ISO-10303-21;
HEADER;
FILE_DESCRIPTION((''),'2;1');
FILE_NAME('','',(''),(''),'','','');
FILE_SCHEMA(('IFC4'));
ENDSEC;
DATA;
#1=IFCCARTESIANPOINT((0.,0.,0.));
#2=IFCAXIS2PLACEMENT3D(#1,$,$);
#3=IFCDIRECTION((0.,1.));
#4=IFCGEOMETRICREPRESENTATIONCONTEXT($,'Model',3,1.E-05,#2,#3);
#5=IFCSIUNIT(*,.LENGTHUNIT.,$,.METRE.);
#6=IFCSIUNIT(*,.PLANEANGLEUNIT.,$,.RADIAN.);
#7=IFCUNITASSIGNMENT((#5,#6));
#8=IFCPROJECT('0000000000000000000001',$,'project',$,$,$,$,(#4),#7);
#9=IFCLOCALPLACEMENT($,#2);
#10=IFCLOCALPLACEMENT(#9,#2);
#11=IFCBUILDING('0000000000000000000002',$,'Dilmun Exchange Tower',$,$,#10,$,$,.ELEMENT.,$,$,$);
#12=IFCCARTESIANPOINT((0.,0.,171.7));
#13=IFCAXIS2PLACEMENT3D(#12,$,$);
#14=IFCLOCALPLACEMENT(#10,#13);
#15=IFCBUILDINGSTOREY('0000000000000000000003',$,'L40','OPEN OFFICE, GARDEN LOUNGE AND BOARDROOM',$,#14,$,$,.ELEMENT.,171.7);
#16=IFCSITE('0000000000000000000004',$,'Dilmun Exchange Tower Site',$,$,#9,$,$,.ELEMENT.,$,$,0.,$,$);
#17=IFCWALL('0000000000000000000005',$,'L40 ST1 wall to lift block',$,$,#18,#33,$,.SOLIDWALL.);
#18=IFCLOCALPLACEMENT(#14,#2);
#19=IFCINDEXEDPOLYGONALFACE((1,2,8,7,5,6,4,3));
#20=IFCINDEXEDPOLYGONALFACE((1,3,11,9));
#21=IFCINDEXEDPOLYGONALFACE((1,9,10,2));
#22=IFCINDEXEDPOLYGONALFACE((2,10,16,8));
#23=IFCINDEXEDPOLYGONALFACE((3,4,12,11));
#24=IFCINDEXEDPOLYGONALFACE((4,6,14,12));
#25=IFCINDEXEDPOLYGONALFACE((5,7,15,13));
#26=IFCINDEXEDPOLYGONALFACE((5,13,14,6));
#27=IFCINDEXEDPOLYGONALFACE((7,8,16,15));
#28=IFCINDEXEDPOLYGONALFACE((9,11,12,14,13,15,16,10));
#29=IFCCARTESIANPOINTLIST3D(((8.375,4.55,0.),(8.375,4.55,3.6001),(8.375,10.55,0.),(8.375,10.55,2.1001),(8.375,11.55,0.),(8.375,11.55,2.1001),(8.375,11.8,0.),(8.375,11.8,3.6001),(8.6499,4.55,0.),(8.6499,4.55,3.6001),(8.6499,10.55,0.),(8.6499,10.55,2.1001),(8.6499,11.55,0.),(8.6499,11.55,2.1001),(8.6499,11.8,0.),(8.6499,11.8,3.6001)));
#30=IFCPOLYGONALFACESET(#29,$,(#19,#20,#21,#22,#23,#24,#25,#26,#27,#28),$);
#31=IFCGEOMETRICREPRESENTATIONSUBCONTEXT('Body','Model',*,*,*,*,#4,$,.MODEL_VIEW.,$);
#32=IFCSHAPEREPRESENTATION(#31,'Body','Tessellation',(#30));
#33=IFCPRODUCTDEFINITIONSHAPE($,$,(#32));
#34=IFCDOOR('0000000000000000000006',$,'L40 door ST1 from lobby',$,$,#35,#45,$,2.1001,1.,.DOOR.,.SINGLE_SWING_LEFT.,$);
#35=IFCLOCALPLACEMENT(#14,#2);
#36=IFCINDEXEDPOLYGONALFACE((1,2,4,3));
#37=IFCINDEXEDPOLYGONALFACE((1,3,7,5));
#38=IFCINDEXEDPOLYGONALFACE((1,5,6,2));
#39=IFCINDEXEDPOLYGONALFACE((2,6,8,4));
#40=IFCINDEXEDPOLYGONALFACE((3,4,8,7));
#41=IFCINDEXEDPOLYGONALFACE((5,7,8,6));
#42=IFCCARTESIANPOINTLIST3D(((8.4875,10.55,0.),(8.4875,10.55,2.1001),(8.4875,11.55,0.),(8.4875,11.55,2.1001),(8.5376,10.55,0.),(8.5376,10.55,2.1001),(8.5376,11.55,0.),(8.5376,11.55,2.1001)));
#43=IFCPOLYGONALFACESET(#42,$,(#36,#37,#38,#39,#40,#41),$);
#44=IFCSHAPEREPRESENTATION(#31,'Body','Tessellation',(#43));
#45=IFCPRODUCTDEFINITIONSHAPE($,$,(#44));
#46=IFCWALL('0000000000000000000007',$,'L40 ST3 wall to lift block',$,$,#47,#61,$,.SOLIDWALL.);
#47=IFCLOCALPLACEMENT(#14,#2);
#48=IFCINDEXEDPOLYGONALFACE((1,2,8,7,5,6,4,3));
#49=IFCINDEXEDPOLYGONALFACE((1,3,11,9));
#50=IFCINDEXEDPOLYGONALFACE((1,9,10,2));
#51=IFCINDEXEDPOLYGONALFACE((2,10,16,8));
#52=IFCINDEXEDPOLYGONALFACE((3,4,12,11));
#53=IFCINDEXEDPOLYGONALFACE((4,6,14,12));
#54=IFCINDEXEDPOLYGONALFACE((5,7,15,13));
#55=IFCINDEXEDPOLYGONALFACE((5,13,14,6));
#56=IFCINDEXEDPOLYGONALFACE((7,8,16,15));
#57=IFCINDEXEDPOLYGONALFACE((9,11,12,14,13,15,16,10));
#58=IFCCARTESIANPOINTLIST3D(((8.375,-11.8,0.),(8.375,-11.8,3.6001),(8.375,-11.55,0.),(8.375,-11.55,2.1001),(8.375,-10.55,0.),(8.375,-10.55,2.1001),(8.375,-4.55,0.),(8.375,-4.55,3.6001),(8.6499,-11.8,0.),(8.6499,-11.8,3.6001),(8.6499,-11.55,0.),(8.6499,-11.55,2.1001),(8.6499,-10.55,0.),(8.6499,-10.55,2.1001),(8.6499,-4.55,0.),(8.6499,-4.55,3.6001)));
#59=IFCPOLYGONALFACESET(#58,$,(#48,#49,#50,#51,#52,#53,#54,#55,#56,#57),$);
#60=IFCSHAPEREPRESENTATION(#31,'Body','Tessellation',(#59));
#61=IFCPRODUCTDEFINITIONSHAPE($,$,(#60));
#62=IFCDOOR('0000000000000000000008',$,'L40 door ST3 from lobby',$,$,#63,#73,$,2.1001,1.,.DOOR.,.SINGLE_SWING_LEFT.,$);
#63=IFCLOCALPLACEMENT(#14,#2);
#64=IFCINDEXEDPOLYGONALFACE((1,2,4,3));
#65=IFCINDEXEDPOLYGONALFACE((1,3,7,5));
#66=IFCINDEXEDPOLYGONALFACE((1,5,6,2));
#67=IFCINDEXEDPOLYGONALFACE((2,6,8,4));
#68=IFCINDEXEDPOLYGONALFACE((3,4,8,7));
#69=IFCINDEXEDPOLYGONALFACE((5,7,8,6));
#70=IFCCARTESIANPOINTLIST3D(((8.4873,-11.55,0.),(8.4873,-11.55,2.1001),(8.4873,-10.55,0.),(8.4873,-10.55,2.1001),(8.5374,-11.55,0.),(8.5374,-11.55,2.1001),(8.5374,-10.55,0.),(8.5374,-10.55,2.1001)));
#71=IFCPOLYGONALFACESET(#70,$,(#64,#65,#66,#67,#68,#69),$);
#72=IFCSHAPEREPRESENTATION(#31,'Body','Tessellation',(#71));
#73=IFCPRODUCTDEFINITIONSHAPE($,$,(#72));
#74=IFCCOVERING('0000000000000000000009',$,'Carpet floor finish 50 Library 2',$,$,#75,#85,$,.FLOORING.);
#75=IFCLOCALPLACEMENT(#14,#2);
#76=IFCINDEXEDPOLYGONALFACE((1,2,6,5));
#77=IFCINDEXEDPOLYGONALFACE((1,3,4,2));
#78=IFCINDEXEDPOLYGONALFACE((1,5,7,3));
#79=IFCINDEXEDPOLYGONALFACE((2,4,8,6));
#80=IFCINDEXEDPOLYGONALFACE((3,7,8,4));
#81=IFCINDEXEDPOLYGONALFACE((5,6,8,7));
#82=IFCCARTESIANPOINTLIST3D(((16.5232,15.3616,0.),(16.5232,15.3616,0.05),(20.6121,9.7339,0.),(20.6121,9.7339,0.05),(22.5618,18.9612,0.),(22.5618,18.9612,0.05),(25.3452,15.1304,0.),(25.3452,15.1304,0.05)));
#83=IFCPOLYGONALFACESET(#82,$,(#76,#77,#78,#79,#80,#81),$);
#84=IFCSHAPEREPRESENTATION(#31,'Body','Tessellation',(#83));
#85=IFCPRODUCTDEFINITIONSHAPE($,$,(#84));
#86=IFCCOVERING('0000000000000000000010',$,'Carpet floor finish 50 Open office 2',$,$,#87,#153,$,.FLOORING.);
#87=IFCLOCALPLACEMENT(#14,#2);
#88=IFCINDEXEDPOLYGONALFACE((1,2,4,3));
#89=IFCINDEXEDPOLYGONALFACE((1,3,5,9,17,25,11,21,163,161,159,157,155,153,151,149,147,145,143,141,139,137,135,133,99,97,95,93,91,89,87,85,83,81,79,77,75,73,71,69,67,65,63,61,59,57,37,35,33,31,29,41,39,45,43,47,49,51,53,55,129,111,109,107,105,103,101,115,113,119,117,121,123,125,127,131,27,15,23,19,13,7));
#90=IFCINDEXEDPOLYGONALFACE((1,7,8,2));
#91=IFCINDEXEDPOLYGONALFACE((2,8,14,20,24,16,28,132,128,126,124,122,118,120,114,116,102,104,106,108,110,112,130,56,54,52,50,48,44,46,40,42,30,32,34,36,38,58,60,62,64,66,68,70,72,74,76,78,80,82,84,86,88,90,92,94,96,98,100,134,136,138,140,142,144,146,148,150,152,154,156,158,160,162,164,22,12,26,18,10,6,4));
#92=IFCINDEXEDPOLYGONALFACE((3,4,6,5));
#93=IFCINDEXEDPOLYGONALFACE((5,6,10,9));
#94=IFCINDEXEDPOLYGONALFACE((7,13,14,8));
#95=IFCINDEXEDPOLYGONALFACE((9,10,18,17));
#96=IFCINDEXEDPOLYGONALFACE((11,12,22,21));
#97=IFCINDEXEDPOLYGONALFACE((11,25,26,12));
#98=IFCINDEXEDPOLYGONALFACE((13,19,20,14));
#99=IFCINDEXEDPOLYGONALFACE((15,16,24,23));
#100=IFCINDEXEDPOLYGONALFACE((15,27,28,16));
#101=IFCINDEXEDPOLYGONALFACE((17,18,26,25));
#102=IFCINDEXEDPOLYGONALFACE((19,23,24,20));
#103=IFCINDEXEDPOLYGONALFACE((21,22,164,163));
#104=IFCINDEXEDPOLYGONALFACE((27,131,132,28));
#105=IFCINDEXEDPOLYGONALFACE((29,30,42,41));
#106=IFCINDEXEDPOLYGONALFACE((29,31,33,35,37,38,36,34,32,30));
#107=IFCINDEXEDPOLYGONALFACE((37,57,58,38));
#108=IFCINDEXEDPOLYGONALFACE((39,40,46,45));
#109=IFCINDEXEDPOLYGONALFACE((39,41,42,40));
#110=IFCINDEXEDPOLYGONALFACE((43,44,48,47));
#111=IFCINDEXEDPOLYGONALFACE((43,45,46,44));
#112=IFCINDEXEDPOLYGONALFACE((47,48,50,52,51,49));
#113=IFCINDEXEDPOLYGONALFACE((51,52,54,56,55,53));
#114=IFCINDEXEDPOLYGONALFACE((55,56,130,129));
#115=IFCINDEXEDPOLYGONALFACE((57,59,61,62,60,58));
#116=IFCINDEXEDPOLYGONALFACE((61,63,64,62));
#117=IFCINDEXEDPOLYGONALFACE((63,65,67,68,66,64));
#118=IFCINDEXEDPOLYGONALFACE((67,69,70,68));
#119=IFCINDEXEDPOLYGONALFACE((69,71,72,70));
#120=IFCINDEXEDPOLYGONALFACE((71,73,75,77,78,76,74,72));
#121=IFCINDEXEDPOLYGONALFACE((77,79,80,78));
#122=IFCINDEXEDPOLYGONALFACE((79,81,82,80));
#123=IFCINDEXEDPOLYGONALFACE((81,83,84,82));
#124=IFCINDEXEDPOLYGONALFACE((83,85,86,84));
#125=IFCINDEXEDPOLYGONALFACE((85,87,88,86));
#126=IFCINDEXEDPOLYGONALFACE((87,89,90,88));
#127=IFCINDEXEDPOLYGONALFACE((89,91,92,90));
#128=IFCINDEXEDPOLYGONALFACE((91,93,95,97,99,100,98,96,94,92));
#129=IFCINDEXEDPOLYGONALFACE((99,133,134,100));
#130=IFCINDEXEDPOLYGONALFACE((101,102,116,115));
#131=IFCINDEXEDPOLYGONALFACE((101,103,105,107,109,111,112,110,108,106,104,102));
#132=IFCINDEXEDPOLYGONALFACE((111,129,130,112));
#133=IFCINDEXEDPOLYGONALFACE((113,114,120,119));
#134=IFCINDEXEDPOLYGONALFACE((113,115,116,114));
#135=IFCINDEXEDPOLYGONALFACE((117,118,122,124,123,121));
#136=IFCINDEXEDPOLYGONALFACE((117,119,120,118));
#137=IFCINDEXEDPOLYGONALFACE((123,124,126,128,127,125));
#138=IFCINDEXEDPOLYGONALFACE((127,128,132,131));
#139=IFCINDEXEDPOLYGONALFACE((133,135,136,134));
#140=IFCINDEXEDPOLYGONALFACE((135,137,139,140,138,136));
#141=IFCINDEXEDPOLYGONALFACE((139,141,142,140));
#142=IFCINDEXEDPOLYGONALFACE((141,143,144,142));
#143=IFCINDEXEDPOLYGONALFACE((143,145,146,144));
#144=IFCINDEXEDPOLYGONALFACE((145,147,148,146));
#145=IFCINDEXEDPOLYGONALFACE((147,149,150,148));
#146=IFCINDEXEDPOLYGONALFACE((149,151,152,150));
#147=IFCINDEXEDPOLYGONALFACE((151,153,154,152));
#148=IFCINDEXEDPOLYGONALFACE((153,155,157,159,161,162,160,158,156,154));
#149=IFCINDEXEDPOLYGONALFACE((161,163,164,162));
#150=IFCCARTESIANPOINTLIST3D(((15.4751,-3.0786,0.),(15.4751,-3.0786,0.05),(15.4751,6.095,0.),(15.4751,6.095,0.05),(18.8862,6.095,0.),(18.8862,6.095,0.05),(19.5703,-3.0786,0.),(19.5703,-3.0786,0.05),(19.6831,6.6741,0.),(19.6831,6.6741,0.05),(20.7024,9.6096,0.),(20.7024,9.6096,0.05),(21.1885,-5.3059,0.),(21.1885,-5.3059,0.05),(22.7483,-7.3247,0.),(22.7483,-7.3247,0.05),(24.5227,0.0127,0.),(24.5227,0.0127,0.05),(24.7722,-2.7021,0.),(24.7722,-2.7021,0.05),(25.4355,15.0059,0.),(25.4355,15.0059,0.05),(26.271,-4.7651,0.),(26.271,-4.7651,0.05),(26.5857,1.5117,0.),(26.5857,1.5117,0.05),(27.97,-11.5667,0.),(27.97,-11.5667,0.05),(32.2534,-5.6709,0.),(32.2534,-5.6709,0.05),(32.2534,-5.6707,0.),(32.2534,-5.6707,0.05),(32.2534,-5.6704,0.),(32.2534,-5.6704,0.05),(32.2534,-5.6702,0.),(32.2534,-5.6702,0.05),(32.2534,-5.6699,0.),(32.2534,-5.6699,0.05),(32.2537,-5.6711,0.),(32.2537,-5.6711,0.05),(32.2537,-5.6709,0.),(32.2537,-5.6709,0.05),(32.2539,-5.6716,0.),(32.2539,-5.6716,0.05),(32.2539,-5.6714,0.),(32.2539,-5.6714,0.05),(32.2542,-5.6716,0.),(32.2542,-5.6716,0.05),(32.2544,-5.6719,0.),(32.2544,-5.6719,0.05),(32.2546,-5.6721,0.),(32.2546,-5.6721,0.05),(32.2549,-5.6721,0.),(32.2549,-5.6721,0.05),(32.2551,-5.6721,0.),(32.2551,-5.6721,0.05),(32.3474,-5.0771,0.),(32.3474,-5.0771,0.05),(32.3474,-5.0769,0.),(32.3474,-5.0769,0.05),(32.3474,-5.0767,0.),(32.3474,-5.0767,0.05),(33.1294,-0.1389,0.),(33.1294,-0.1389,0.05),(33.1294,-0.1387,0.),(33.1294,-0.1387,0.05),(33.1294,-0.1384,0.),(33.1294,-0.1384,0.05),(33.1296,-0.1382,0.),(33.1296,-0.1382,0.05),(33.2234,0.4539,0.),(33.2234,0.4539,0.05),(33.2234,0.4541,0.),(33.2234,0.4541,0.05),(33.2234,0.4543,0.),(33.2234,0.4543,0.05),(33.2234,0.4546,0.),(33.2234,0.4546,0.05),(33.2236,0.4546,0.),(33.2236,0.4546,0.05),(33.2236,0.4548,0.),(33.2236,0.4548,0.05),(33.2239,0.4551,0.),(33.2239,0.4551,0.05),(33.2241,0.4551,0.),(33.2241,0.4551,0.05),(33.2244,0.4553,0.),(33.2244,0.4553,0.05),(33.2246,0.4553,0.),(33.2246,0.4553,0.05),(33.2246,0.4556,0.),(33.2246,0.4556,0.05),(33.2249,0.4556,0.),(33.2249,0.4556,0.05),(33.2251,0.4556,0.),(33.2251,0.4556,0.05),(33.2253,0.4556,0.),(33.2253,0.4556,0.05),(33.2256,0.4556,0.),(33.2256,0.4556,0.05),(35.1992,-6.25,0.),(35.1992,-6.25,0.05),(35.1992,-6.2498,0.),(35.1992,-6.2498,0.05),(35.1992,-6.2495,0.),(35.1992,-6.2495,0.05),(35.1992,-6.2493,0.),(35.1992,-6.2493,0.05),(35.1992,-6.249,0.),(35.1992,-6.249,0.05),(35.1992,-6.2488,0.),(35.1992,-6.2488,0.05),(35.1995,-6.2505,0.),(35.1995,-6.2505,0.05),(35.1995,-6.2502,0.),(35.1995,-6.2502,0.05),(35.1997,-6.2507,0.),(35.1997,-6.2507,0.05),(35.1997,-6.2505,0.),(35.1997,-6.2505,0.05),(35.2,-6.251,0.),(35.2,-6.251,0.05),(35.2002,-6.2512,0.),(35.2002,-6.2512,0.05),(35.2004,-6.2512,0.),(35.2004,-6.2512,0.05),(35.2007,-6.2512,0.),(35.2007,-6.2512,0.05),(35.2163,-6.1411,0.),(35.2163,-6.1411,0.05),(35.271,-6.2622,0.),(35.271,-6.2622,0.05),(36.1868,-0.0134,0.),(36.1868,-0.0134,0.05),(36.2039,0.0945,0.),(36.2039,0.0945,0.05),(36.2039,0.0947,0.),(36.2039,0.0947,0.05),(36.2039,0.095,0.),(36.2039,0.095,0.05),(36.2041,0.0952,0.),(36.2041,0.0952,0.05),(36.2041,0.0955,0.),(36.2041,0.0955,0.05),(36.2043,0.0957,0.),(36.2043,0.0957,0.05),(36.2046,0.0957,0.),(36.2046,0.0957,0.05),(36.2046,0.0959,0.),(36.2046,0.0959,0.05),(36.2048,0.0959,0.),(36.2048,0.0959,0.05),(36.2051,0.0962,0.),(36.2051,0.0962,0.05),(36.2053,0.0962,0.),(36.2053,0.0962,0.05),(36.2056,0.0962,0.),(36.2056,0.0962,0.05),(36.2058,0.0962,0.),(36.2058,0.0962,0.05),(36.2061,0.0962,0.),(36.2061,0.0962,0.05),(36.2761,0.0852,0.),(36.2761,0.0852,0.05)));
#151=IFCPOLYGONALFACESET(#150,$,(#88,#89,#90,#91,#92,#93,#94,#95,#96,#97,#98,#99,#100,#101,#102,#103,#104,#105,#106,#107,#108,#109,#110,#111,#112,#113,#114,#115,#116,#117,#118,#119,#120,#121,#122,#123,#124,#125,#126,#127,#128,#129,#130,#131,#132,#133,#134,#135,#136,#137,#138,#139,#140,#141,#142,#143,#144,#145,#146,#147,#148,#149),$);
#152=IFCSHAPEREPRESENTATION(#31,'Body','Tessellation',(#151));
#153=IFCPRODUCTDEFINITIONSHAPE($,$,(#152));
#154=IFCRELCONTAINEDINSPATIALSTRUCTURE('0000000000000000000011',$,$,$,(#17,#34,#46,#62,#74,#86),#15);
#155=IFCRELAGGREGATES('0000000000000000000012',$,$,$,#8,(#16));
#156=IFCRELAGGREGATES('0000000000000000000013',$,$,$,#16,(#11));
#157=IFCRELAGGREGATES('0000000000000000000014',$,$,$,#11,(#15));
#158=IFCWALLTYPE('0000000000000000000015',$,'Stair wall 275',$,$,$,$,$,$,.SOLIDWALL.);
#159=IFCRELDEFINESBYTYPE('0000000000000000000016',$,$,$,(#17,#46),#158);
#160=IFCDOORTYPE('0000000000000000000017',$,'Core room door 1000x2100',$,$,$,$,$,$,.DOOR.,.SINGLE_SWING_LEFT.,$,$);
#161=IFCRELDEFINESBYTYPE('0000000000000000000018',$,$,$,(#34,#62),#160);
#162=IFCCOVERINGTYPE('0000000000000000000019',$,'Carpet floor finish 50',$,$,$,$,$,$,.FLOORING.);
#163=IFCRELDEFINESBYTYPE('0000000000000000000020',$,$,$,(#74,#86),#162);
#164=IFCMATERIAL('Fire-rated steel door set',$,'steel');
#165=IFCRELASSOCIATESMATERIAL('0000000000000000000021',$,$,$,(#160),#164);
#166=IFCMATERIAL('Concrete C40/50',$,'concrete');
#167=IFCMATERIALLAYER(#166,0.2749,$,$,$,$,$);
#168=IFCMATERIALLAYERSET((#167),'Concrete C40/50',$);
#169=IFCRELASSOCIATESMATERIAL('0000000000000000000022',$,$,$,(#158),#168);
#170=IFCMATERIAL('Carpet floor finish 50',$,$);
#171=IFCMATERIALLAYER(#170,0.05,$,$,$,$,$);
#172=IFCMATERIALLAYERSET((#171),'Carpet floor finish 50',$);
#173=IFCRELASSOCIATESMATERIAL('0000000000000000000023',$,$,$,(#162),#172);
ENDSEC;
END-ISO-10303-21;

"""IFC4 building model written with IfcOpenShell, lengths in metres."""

from ifc_helpers import new_model, si_unit, direction, frame, frame_2d, origin, place, context, subcontext, project, spatial, polyline, rectangle, outline, extrude, material, layer, layer_set, type_object, element, fill, save


model = new_model("IFC4")

# Units and contexts
model_context = context("Model", 3, precision=1e-05, world=origin(), true_north=direction((0.0, 1.0)))
body_context = subcontext(model_context, "Body", "Model", "MODEL_VIEW")
ifc_project = project(units=[si_unit("LENGTHUNIT", "METRE"), si_unit("PLANEANGLEUNIT", "RADIAN")], contexts=[model_context])

# Site, building, storey
site_placement = place(None, origin())
site = spatial("IfcSite", under=ifc_project, at=site_placement, Name="Dilmun Exchange Tower Site", CompositionType="ELEMENT", RefElevation=0.0)
building_placement = place(site_placement, origin())
building = spatial("IfcBuilding", under=site, at=building_placement, Name="Dilmun Exchange Tower", CompositionType="ELEMENT")
storey_placement = place(building_placement, frame((0.0, 0.0, 171.7)))
storey = spatial("IfcBuildingStorey", under=building, at=storey_placement, Name="L40", Description="OPEN OFFICE, GARDEN LOUNGE AND BOARDROOM", CompositionType="ELEMENT", Elevation=171.7)

# Shared definitions
ifc_material_1 = material(Name="Concrete C40/50", Category="concrete")
ifc_material_2 = material(Name="Fire-rated steel door set", Category="steel")

# Shared definitions
door_type_1 = type_object("IfcDoorType", Name="Core room door 1000x2100", OperationType="SINGLE_SWING_LEFT", PredefinedType="DOOR", material=ifc_material_2)

# Walls, openings, doors
ifc_layer_1 = layer(ifc_material_1, 0.2749)
ifc_layer_set_1 = layer_set([ifc_layer_1], Name="Concrete C40/50")
wall_type_1 = type_object("IfcWallType", Name="Stair wall 275", PredefinedType="SOLIDWALL", material=ifc_layer_set_1)
wall_1_placement = place(storey_placement, frame((8.5125, 4.55, 0.0), z_axis=(0.0, 0.0, 1.0), x_axis=(0.0, 1.0, 0.0)))
wall_1 = element("IfcWall", 1, at=wall_1_placement, inside=storey, type_object=wall_type_1, Name="L40 ST1 wall to lift block", PredefinedType="SOLIDWALL", context=body_context, shape_type="SweptSolid", body=[
    extrude(rectangle(XDim=7.25, YDim=0.2749, at=frame_2d((3.625, 0.0))), origin(), (0.0, 0.0, 1.0), 3.6001),
])
opening_1_placement = place(wall_1_placement, frame((6.0, 0.0, 0.0)))
opening_1 = element("IfcOpeningElement", 2, at=opening_1_placement, cuts=wall_1, PredefinedType="OPENING", context=body_context, shape_type="SweptSolid", body=[
    extrude(rectangle(XDim=1.0, YDim=2.1001, at=frame_2d((0.5, 1.05))), frame((0.0, 0.1475, 0.0), z_axis=(0.0, -1.0, 0.0), x_axis=(1.0, 0.0, 0.0)), (0.0, 0.0, 1.0), 0.2949),
])
door_1_placement = place(opening_1_placement, origin())
door_1 = element("IfcDoor", 3, at=door_1_placement, inside=storey, type_object=door_type_1, Name="L40 door ST1 from lobby", OperationType="SINGLE_SWING_LEFT", OverallHeight=2.1001, OverallWidth=1.0, PredefinedType="DOOR", context=body_context, shape_type="SweptSolid", body=[
    extrude(rectangle(XDim=1.0, YDim=2.1001, at=frame_2d((0.5, 1.05))), frame((0.0, 0.0249, 0.0), z_axis=(0.0, -1.0, 0.0), x_axis=(1.0, 0.0, 0.0)), (0.0, 0.0, 1.0), 0.05),
])
fill(opening_1, door_1)
wall_2_placement = place(storey_placement, frame((8.5125, -4.55, 0.0), z_axis=(0.0, 0.0, 1.0), x_axis=(0.0, -1.0, 0.0)))
wall_2 = element("IfcWall", 4, at=wall_2_placement, inside=storey, type_object=wall_type_1, Name="L40 ST3 wall to lift block", PredefinedType="SOLIDWALL", context=body_context, shape_type="SweptSolid", body=[
    extrude(rectangle(XDim=7.25, YDim=0.2749, at=frame_2d((3.625, 0.0))), origin(), (0.0, 0.0, 1.0), 3.6001),
])
opening_2_placement = place(wall_2_placement, frame((6.0, 0.0, 0.0)))
opening_2 = element("IfcOpeningElement", 5, at=opening_2_placement, cuts=wall_2, PredefinedType="OPENING", context=body_context, shape_type="SweptSolid", body=[
    extrude(rectangle(XDim=1.0, YDim=2.1001, at=frame_2d((0.5, 1.05))), frame((0.0, 0.1475, 0.0), z_axis=(0.0, -1.0, 0.0), x_axis=(1.0, 0.0, 0.0)), (0.0, 0.0, 1.0), 0.2949),
])
door_2_placement = place(opening_2_placement, origin())
door_2 = element("IfcDoor", 6, at=door_2_placement, inside=storey, type_object=door_type_1, Name="L40 door ST3 from lobby", OperationType="SINGLE_SWING_LEFT", OverallHeight=2.1001, OverallWidth=1.0, PredefinedType="DOOR", context=body_context, shape_type="SweptSolid", body=[
    extrude(rectangle(XDim=1.0, YDim=2.1001, at=frame_2d((0.5, 1.05))), frame((0.0, 0.0249, 0.0), z_axis=(0.0, -1.0, 0.0), x_axis=(1.0, 0.0, 0.0)), (0.0, 0.0, 1.0), 0.05),
])
fill(opening_2, door_2)

# Coverings
ifc_material_3 = material(Name="Carpet floor finish 50")
ifc_layer_2 = layer(ifc_material_3, 0.05)
ifc_layer_set_2 = layer_set([ifc_layer_2], Name="Carpet floor finish 50")
covering_type = type_object("IfcCoveringType", Name="Carpet floor finish 50", PredefinedType="FLOORING", material=ifc_layer_set_2)
covering_1_placement = place(storey_placement, origin())
element("IfcCovering", 7, at=covering_1_placement, inside=storey, type_object=covering_type, Name="Carpet floor finish 50 Library 2", PredefinedType="FLOORING", context=body_context, shape_type="SweptSolid", body=[
    extrude(outline(polyline([(22.5618, 18.9612), (25.3452, 15.1304), (20.6121, 9.7339), (16.5232, 15.3616), (22.5618, 18.9612)])), origin(), (0.0, 0.0, 1.0), 0.05),
])
covering_2_placement = place(storey_placement, origin())
element("IfcCovering", 8, at=covering_2_placement, inside=storey, type_object=covering_type, Name="Carpet floor finish 50 Open office 2", PredefinedType="FLOORING", context=body_context, shape_type="SweptSolid", body=[
    extrude(outline(polyline([(24.5227, 0.0127), (26.5857, 1.5117), (20.7024, 9.6096), (25.4355, 15.0059), (36.2761, 0.0852), (36.2061, 0.0962), (36.2058, 0.0962), (36.2058, 0.0962), (36.2056, 0.0962), (36.2053, 0.0962), (36.2051, 0.0962), (36.2051, 0.0962), (36.2048, 0.0959), (36.2046, 0.0959), (36.2046, 0.0957), (36.2043, 0.0957), (36.2041, 0.0955), (36.2041, 0.0952), (36.2041, 0.0952), (36.2039, 0.095), (36.2039, 0.0947), (36.2039, 0.0945), (36.1868, -0.0134), (33.2256, 0.4556), (33.2253, 0.4556), (33.2253, 0.4556), (33.2251, 0.4556), (33.2249, 0.4556), (33.2246, 0.4556), (33.2246, 0.4553), (33.2244, 0.4553), (33.2241, 0.4551), (33.2241, 0.4551), (33.2239, 0.4551), (33.2236, 0.4548), (33.2236, 0.4546), (33.2234, 0.4546), (33.2234, 0.4543), (33.2234, 0.4541), (33.2234, 0.4539), (33.1296, -0.1382), (33.1294, -0.1384), (33.1294, -0.1387), (33.1294, -0.1389), (32.3474, -5.0767), (32.3474, -5.0769), (32.3474, -5.0769), (32.3474, -5.0771), (32.2534, -5.6699), (32.2534, -5.6699), (32.2534, -5.6702), (32.2534, -5.6704), (32.2534, -5.6707), (32.2534, -5.6709), (32.2537, -5.6709), (32.2537, -5.6711), (32.2539, -5.6714), (32.2539, -5.6714), (32.2539, -5.6716), (32.2542, -5.6716), (32.2544, -5.6719), (32.2544, -5.6719), (32.2546, -5.6721), (32.2549, -5.6721), (32.2551, -5.6721), (35.2163, -6.1411), (35.1992, -6.2488), (35.1992, -6.249), (35.1992, -6.2493), (35.1992, -6.2495), (35.1992, -6.2498), (35.1992, -6.25), (35.1992, -6.25), (35.1995, -6.2502), (35.1995, -6.2505), (35.1997, -6.2505), (35.1997, -6.2507), (35.2, -6.251), (35.2, -6.251), (35.2002, -6.2512), (35.2004, -6.2512), (35.2007, -6.2512), (35.2007, -6.2512), (35.271, -6.2622), (27.97, -11.5667), (22.7483, -7.3247), (26.271, -4.7651), (24.7722, -2.7021), (21.1885, -5.3059), (19.5703, -3.0786), (15.4751, -3.0786), (15.4751, 6.095), (18.8862, 6.095), (19.6831, 6.6741), (24.5227, 0.0127)])), origin(), (0.0, 0.0, 1.0), 0.05),
])

save(model, "model.ifc")
